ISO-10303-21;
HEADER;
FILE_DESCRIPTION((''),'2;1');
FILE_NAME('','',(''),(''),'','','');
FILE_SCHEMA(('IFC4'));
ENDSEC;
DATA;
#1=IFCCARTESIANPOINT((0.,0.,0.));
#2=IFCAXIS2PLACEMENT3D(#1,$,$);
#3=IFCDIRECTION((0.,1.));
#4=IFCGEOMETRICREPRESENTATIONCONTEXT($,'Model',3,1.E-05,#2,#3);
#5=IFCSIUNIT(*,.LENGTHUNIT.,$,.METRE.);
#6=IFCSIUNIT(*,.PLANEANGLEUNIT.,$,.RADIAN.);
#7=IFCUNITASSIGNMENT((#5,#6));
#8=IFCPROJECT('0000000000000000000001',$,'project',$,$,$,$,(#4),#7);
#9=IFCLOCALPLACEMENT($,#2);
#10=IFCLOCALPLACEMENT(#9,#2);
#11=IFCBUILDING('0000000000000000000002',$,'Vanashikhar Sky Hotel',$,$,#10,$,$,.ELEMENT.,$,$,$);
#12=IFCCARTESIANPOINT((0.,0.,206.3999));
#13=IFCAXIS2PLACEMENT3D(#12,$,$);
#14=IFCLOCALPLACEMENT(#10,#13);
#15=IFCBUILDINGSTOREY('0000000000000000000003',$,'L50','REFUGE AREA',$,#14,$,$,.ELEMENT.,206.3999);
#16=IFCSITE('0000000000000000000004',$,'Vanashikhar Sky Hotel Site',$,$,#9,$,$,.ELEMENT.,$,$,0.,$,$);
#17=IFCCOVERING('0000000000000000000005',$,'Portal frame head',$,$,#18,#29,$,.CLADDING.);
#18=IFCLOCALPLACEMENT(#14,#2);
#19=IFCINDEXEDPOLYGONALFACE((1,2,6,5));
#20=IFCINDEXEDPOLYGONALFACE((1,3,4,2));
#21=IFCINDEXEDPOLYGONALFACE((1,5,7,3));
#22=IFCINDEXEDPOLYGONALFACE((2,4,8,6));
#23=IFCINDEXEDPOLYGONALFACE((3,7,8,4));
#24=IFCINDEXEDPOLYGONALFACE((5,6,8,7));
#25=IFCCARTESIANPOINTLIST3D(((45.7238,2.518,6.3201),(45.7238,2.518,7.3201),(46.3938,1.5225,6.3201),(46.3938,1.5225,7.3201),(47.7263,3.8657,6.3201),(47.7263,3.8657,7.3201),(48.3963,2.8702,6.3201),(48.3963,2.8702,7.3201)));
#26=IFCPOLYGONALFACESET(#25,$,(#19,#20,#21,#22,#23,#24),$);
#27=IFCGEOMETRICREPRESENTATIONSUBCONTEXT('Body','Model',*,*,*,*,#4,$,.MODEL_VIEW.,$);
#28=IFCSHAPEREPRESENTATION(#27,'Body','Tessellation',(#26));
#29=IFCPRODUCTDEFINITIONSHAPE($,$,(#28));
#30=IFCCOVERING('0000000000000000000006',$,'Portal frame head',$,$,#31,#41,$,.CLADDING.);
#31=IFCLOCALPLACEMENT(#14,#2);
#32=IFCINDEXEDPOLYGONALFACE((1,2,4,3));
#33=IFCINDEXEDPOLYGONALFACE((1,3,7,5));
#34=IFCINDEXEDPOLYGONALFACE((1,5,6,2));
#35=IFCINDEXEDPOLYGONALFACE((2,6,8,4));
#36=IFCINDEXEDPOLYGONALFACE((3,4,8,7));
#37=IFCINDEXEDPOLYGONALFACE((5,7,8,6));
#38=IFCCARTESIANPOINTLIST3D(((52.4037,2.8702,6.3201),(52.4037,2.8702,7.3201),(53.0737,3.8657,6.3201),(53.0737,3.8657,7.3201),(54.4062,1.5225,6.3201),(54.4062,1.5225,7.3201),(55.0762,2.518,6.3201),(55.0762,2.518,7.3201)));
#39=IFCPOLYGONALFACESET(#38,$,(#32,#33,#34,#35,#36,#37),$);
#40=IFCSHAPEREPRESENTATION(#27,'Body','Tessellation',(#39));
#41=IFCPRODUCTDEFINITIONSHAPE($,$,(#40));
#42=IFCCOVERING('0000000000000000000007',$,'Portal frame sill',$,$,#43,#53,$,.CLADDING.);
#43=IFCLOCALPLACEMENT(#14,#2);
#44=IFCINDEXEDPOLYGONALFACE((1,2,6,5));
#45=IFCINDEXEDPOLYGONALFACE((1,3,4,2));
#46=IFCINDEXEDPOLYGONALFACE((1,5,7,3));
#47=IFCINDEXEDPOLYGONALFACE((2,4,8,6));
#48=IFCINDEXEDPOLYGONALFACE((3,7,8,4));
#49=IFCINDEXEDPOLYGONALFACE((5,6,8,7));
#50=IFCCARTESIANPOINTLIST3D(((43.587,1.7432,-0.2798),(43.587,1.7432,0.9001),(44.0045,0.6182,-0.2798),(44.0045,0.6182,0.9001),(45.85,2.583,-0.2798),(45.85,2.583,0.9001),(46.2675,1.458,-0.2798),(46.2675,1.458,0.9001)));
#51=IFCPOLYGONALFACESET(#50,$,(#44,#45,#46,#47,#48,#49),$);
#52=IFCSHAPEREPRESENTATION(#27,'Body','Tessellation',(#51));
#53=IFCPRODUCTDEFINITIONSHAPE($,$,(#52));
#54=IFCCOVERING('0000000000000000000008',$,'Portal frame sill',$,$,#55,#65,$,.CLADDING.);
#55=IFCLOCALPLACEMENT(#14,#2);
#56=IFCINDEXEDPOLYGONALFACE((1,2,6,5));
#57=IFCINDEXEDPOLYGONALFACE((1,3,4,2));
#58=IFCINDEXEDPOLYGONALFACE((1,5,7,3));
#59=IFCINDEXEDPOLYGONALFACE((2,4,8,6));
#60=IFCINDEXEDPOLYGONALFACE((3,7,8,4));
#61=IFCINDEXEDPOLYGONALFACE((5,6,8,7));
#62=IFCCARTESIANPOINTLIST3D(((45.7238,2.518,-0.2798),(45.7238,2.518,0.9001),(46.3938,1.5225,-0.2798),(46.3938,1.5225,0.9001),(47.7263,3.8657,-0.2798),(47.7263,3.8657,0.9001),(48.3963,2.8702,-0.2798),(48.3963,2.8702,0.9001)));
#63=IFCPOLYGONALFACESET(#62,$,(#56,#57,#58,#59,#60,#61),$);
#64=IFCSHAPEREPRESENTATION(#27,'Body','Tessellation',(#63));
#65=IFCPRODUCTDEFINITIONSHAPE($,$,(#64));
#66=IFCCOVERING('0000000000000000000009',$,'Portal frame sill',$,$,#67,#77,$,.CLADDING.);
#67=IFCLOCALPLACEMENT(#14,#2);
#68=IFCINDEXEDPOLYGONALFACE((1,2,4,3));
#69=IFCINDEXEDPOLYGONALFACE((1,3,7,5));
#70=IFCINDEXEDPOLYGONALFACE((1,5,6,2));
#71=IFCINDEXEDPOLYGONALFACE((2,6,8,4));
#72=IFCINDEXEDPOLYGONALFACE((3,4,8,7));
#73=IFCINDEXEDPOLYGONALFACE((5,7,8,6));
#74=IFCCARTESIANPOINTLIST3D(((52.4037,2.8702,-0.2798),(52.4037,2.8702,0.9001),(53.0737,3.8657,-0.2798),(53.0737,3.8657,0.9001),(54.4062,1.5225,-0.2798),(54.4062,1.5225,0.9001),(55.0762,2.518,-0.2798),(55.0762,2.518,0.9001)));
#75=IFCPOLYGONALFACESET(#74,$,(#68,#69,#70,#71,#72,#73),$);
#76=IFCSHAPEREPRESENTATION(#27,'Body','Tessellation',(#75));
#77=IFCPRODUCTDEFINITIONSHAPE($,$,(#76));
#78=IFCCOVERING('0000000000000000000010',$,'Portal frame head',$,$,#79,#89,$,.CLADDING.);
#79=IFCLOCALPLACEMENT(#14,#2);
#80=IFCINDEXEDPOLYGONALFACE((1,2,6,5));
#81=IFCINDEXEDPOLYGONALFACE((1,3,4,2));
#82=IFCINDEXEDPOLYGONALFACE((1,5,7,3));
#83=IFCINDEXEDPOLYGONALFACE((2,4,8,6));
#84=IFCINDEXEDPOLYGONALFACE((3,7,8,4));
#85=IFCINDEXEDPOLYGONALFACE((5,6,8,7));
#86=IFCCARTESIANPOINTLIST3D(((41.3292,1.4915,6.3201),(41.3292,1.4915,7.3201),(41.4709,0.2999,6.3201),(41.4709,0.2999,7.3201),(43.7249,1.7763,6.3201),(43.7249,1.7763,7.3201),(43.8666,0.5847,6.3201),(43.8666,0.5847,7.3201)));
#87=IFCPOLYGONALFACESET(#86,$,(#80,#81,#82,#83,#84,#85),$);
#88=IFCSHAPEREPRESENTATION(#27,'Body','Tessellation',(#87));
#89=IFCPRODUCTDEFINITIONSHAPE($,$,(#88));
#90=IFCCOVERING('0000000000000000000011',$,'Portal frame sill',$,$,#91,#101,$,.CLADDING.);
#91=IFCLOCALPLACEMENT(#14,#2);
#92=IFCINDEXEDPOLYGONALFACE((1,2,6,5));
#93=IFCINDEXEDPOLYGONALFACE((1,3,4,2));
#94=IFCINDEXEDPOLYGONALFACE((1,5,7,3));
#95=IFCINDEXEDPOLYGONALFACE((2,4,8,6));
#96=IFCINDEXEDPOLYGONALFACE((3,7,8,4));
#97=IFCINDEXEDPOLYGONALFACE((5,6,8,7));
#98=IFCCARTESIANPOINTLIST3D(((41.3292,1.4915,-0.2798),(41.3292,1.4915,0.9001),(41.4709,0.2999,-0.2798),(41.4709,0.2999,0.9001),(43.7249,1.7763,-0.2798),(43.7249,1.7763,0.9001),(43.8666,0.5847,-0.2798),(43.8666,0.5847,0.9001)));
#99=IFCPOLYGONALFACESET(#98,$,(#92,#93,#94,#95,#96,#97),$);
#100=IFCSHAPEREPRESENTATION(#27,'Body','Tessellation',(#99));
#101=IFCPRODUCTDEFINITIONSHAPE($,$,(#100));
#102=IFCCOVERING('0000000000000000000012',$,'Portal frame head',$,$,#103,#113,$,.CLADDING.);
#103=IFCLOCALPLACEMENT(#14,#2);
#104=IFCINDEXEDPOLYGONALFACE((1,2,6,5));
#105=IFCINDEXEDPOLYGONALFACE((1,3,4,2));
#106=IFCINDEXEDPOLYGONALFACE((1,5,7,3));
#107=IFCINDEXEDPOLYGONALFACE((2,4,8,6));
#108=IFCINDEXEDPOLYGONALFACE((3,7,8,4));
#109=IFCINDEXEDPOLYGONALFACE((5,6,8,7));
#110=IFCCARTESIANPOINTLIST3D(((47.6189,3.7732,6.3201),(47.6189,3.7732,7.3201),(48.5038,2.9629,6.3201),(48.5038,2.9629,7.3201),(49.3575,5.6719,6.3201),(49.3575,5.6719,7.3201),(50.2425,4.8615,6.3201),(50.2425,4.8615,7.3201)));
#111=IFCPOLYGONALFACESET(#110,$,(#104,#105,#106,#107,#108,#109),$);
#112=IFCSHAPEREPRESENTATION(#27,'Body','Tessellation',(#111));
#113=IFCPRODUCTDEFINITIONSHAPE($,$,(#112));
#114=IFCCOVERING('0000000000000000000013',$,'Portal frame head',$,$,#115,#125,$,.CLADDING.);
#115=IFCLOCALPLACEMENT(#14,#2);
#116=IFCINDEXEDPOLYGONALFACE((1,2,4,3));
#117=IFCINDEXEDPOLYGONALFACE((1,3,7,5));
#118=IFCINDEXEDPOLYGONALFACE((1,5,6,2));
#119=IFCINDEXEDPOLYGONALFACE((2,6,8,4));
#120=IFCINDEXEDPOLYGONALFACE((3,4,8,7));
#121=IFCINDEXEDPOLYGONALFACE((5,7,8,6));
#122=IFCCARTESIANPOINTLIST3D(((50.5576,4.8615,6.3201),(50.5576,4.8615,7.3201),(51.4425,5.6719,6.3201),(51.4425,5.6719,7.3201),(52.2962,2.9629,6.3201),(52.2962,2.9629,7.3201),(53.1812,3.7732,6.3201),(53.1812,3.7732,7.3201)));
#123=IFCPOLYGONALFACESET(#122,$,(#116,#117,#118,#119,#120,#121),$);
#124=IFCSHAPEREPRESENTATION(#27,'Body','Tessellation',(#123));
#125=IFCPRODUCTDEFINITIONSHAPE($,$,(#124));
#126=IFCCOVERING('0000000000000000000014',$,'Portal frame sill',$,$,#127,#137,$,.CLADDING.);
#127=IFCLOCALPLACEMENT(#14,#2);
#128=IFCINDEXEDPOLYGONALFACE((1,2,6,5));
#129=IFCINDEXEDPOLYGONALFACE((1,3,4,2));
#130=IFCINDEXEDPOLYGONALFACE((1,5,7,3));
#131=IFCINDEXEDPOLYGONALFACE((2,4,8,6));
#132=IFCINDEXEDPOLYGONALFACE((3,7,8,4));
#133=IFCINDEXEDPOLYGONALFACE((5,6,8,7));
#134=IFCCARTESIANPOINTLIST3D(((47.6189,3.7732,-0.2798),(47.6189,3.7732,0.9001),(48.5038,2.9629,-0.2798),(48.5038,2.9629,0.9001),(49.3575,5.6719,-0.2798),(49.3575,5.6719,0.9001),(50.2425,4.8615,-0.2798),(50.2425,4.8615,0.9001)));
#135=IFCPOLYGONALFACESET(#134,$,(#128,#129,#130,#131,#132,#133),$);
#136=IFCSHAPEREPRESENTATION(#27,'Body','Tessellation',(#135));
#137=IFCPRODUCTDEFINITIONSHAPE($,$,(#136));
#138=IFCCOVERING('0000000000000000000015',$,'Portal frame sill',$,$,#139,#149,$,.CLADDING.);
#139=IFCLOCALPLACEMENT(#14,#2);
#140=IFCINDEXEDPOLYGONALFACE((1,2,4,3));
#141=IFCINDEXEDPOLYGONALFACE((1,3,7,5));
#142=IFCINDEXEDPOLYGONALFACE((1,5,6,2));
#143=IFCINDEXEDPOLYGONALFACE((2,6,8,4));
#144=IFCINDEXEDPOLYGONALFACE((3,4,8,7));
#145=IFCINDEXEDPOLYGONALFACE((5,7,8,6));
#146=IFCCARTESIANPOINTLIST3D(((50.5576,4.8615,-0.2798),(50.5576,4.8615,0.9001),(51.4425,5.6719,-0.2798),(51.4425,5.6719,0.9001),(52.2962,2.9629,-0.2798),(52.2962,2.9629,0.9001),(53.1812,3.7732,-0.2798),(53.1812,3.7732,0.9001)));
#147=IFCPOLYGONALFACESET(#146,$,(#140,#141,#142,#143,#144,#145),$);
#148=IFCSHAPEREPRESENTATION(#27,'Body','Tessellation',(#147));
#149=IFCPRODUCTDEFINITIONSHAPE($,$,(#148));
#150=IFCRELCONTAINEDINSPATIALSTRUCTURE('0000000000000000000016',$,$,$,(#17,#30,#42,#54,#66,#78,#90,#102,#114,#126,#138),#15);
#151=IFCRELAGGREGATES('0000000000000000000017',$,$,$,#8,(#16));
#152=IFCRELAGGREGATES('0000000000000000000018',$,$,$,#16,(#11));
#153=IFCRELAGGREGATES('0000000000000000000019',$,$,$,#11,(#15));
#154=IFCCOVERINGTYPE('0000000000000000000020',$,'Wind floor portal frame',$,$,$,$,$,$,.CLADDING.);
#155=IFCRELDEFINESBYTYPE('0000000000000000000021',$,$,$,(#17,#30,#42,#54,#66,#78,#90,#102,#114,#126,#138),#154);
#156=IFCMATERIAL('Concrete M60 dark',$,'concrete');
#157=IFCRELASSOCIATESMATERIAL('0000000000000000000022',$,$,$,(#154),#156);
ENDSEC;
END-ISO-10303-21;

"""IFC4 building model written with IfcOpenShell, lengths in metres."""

from ifc_helpers import new_model, si_unit, direction, frame, origin, origin_2d, place, context, subcontext, project, spatial, rectangle, extrude, source, transform, mapped, material, type_object, element, save


model = new_model("IFC4")

# Units and contexts
model_context = context("Model", 3, precision=1e-05, world=origin(), true_north=direction((0.0, 1.0)))
body_context = subcontext(model_context, "Body", "Model", "MODEL_VIEW")
ifc_project = project(units=[si_unit("LENGTHUNIT", "METRE"), si_unit("PLANEANGLEUNIT", "RADIAN")], contexts=[model_context])

# Site, building, storey
site_placement = place(None, origin())
site = spatial("IfcSite", under=ifc_project, at=site_placement, Name="Vanashikhar Sky Hotel Site", CompositionType="ELEMENT", RefElevation=0.0)
building_placement = place(site_placement, origin())
building = spatial("IfcBuilding", under=site, at=building_placement, Name="Vanashikhar Sky Hotel", CompositionType="ELEMENT")
storey_placement = place(building_placement, frame((0.0, 0.0, 206.3999)))
storey = spatial("IfcBuildingStorey", under=building, at=storey_placement, Name="L50", Description="REFUGE AREA", CompositionType="ELEMENT", Elevation=206.3999)

# Coverings
ifc_material_1 = material(Name="Concrete M60 dark", Category="concrete")
covering_type = type_object("IfcCoveringType", Name="Wind floor portal frame", PredefinedType="CLADDING", material=ifc_material_1)
shared_shape_1 = source(origin(), body_context, "Body", "SweptSolid", [
    extrude(rectangle(XDim=2.4138, YDim=1.2, at=origin_2d()), origin(), (0.0, 0.0, 1.0), 1.0),
])
for number, where, z_axis, x_axis, name in (
    (1, (47.0601, 2.6941, 6.3201), (0.0, 0.0, 1.0), (0.829603, 0.558353, 0.0), "Portal frame head"),
    (2, (53.74, 2.6941, 6.3201), (0.0, 0.0, 1.0), (0.829603, -0.558353, 0.0), "Portal frame head"),
):
    element("IfcCovering", number, at=place(storey_placement, frame(where, z_axis=z_axis, x_axis=x_axis)), inside=storey, type_object=covering_type, Name=name, PredefinedType="CLADDING", context=body_context, shape_type="MappedRepresentation", body=[
        mapped(shared_shape_1, transform((0.0, 0.0, 0.0), scale=1.0)),
    ])
shared_shape_2 = source(origin(), body_context, "Body", "SweptSolid", [
    extrude(rectangle(XDim=2.4138, YDim=1.2, at=origin_2d()), origin(), (0.0, 0.0, 1.0), 1.1799),
])
for number, where, z_axis, x_axis, name in (
    (3, (44.9272, 1.6006, -0.2798), (0.0, 0.0, 1.0), (0.937531, 0.347901, 0.0), "Portal frame sill"),
    (4, (47.0601, 2.6941, -0.2798), (0.0, 0.0, 1.0), (0.829603, 0.558353, 0.0), "Portal frame sill"),
    (5, (53.74, 2.6941, -0.2798), (0.0, 0.0, 1.0), (0.829603, -0.558353, 0.0), "Portal frame sill"),
):
    element("IfcCovering", number, at=place(storey_placement, frame(where, z_axis=z_axis, x_axis=x_axis)), inside=storey, type_object=covering_type, Name=name, PredefinedType="CLADDING", context=body_context, shape_type="MappedRepresentation", body=[
        mapped(shared_shape_2, transform((0.0, 0.0, 0.0), scale=1.0)),
    ])
shared_shape_3 = source(origin(), body_context, "Body", "SweptSolid", [
    extrude(rectangle(XDim=2.4126, YDim=1.2, at=origin_2d()), origin(), (0.0, 0.0, 1.0), 1.0),
])
covering_1_placement = place(storey_placement, frame((42.5979, 1.0381, 6.3201), z_axis=(0.0, 0.0, 1.0), x_axis=(0.993009, 0.11804, 0.0)))
element("IfcCovering", 6, at=covering_1_placement, inside=storey, type_object=covering_type, Name="Portal frame head", PredefinedType="CLADDING", context=body_context, shape_type="MappedRepresentation", body=[
    mapped(shared_shape_3, transform((0.0, 0.0, 0.0), scale=1.0)),
])
shared_shape_4 = source(origin(), body_context, "Body", "SweptSolid", [
    extrude(rectangle(XDim=2.4126, YDim=1.2, at=origin_2d()), origin(), (0.0, 0.0, 1.0), 1.1799),
])
covering_2_placement = place(storey_placement, frame((42.5979, 1.0381, -0.2798), z_axis=(0.0, 0.0, 1.0), x_axis=(0.993009, 0.11804, 0.0)))
element("IfcCovering", 7, at=covering_2_placement, inside=storey, type_object=covering_type, Name="Portal frame sill", PredefinedType="CLADDING", context=body_context, shape_type="MappedRepresentation", body=[
    mapped(shared_shape_4, transform((0.0, 0.0, 0.0), scale=1.0)),
])
shared_shape_5 = source(origin(), body_context, "Body", "SweptSolid", [
    extrude(rectangle(XDim=2.5745, YDim=1.2, at=origin_2d()), origin(), (0.0, 0.0, 1.0), 1.0),
])
for number, where, z_axis, x_axis, name in (
    (8, (48.9307, 4.3174, 6.3201), (0.0, 0.0, 1.0), (0.675346, 0.737501, 0.0), "Portal frame head"),
    (9, (51.8694, 4.3174, 6.3201), (0.0, 0.0, 1.0), (0.675346, -0.737501, 0.0), "Portal frame head"),
):
    element("IfcCovering", number, at=place(storey_placement, frame(where, z_axis=z_axis, x_axis=x_axis)), inside=storey, type_object=covering_type, Name=name, PredefinedType="CLADDING", context=body_context, shape_type="MappedRepresentation", body=[
        mapped(shared_shape_5, transform((0.0, 0.0, 0.0), scale=1.0)),
    ])
shared_shape_6 = source(origin(), body_context, "Body", "SweptSolid", [
    extrude(rectangle(XDim=2.5745, YDim=1.2, at=origin_2d()), origin(), (0.0, 0.0, 1.0), 1.1799),
])
for number, where, z_axis, x_axis, name in (
    (10, (48.9307, 4.3174, -0.2798), (0.0, 0.0, 1.0), (0.675346, 0.737501, 0.0), "Portal frame sill"),
    (11, (51.8694, 4.3174, -0.2798), (0.0, 0.0, 1.0), (0.675346, -0.737501, 0.0), "Portal frame sill"),
):
    element("IfcCovering", number, at=place(storey_placement, frame(where, z_axis=z_axis, x_axis=x_axis)), inside=storey, type_object=covering_type, Name=name, PredefinedType="CLADDING", context=body_context, shape_type="MappedRepresentation", body=[
        mapped(shared_shape_6, transform((0.0, 0.0, 0.0), scale=1.0)),
    ])

save(model, "model.ifc")
